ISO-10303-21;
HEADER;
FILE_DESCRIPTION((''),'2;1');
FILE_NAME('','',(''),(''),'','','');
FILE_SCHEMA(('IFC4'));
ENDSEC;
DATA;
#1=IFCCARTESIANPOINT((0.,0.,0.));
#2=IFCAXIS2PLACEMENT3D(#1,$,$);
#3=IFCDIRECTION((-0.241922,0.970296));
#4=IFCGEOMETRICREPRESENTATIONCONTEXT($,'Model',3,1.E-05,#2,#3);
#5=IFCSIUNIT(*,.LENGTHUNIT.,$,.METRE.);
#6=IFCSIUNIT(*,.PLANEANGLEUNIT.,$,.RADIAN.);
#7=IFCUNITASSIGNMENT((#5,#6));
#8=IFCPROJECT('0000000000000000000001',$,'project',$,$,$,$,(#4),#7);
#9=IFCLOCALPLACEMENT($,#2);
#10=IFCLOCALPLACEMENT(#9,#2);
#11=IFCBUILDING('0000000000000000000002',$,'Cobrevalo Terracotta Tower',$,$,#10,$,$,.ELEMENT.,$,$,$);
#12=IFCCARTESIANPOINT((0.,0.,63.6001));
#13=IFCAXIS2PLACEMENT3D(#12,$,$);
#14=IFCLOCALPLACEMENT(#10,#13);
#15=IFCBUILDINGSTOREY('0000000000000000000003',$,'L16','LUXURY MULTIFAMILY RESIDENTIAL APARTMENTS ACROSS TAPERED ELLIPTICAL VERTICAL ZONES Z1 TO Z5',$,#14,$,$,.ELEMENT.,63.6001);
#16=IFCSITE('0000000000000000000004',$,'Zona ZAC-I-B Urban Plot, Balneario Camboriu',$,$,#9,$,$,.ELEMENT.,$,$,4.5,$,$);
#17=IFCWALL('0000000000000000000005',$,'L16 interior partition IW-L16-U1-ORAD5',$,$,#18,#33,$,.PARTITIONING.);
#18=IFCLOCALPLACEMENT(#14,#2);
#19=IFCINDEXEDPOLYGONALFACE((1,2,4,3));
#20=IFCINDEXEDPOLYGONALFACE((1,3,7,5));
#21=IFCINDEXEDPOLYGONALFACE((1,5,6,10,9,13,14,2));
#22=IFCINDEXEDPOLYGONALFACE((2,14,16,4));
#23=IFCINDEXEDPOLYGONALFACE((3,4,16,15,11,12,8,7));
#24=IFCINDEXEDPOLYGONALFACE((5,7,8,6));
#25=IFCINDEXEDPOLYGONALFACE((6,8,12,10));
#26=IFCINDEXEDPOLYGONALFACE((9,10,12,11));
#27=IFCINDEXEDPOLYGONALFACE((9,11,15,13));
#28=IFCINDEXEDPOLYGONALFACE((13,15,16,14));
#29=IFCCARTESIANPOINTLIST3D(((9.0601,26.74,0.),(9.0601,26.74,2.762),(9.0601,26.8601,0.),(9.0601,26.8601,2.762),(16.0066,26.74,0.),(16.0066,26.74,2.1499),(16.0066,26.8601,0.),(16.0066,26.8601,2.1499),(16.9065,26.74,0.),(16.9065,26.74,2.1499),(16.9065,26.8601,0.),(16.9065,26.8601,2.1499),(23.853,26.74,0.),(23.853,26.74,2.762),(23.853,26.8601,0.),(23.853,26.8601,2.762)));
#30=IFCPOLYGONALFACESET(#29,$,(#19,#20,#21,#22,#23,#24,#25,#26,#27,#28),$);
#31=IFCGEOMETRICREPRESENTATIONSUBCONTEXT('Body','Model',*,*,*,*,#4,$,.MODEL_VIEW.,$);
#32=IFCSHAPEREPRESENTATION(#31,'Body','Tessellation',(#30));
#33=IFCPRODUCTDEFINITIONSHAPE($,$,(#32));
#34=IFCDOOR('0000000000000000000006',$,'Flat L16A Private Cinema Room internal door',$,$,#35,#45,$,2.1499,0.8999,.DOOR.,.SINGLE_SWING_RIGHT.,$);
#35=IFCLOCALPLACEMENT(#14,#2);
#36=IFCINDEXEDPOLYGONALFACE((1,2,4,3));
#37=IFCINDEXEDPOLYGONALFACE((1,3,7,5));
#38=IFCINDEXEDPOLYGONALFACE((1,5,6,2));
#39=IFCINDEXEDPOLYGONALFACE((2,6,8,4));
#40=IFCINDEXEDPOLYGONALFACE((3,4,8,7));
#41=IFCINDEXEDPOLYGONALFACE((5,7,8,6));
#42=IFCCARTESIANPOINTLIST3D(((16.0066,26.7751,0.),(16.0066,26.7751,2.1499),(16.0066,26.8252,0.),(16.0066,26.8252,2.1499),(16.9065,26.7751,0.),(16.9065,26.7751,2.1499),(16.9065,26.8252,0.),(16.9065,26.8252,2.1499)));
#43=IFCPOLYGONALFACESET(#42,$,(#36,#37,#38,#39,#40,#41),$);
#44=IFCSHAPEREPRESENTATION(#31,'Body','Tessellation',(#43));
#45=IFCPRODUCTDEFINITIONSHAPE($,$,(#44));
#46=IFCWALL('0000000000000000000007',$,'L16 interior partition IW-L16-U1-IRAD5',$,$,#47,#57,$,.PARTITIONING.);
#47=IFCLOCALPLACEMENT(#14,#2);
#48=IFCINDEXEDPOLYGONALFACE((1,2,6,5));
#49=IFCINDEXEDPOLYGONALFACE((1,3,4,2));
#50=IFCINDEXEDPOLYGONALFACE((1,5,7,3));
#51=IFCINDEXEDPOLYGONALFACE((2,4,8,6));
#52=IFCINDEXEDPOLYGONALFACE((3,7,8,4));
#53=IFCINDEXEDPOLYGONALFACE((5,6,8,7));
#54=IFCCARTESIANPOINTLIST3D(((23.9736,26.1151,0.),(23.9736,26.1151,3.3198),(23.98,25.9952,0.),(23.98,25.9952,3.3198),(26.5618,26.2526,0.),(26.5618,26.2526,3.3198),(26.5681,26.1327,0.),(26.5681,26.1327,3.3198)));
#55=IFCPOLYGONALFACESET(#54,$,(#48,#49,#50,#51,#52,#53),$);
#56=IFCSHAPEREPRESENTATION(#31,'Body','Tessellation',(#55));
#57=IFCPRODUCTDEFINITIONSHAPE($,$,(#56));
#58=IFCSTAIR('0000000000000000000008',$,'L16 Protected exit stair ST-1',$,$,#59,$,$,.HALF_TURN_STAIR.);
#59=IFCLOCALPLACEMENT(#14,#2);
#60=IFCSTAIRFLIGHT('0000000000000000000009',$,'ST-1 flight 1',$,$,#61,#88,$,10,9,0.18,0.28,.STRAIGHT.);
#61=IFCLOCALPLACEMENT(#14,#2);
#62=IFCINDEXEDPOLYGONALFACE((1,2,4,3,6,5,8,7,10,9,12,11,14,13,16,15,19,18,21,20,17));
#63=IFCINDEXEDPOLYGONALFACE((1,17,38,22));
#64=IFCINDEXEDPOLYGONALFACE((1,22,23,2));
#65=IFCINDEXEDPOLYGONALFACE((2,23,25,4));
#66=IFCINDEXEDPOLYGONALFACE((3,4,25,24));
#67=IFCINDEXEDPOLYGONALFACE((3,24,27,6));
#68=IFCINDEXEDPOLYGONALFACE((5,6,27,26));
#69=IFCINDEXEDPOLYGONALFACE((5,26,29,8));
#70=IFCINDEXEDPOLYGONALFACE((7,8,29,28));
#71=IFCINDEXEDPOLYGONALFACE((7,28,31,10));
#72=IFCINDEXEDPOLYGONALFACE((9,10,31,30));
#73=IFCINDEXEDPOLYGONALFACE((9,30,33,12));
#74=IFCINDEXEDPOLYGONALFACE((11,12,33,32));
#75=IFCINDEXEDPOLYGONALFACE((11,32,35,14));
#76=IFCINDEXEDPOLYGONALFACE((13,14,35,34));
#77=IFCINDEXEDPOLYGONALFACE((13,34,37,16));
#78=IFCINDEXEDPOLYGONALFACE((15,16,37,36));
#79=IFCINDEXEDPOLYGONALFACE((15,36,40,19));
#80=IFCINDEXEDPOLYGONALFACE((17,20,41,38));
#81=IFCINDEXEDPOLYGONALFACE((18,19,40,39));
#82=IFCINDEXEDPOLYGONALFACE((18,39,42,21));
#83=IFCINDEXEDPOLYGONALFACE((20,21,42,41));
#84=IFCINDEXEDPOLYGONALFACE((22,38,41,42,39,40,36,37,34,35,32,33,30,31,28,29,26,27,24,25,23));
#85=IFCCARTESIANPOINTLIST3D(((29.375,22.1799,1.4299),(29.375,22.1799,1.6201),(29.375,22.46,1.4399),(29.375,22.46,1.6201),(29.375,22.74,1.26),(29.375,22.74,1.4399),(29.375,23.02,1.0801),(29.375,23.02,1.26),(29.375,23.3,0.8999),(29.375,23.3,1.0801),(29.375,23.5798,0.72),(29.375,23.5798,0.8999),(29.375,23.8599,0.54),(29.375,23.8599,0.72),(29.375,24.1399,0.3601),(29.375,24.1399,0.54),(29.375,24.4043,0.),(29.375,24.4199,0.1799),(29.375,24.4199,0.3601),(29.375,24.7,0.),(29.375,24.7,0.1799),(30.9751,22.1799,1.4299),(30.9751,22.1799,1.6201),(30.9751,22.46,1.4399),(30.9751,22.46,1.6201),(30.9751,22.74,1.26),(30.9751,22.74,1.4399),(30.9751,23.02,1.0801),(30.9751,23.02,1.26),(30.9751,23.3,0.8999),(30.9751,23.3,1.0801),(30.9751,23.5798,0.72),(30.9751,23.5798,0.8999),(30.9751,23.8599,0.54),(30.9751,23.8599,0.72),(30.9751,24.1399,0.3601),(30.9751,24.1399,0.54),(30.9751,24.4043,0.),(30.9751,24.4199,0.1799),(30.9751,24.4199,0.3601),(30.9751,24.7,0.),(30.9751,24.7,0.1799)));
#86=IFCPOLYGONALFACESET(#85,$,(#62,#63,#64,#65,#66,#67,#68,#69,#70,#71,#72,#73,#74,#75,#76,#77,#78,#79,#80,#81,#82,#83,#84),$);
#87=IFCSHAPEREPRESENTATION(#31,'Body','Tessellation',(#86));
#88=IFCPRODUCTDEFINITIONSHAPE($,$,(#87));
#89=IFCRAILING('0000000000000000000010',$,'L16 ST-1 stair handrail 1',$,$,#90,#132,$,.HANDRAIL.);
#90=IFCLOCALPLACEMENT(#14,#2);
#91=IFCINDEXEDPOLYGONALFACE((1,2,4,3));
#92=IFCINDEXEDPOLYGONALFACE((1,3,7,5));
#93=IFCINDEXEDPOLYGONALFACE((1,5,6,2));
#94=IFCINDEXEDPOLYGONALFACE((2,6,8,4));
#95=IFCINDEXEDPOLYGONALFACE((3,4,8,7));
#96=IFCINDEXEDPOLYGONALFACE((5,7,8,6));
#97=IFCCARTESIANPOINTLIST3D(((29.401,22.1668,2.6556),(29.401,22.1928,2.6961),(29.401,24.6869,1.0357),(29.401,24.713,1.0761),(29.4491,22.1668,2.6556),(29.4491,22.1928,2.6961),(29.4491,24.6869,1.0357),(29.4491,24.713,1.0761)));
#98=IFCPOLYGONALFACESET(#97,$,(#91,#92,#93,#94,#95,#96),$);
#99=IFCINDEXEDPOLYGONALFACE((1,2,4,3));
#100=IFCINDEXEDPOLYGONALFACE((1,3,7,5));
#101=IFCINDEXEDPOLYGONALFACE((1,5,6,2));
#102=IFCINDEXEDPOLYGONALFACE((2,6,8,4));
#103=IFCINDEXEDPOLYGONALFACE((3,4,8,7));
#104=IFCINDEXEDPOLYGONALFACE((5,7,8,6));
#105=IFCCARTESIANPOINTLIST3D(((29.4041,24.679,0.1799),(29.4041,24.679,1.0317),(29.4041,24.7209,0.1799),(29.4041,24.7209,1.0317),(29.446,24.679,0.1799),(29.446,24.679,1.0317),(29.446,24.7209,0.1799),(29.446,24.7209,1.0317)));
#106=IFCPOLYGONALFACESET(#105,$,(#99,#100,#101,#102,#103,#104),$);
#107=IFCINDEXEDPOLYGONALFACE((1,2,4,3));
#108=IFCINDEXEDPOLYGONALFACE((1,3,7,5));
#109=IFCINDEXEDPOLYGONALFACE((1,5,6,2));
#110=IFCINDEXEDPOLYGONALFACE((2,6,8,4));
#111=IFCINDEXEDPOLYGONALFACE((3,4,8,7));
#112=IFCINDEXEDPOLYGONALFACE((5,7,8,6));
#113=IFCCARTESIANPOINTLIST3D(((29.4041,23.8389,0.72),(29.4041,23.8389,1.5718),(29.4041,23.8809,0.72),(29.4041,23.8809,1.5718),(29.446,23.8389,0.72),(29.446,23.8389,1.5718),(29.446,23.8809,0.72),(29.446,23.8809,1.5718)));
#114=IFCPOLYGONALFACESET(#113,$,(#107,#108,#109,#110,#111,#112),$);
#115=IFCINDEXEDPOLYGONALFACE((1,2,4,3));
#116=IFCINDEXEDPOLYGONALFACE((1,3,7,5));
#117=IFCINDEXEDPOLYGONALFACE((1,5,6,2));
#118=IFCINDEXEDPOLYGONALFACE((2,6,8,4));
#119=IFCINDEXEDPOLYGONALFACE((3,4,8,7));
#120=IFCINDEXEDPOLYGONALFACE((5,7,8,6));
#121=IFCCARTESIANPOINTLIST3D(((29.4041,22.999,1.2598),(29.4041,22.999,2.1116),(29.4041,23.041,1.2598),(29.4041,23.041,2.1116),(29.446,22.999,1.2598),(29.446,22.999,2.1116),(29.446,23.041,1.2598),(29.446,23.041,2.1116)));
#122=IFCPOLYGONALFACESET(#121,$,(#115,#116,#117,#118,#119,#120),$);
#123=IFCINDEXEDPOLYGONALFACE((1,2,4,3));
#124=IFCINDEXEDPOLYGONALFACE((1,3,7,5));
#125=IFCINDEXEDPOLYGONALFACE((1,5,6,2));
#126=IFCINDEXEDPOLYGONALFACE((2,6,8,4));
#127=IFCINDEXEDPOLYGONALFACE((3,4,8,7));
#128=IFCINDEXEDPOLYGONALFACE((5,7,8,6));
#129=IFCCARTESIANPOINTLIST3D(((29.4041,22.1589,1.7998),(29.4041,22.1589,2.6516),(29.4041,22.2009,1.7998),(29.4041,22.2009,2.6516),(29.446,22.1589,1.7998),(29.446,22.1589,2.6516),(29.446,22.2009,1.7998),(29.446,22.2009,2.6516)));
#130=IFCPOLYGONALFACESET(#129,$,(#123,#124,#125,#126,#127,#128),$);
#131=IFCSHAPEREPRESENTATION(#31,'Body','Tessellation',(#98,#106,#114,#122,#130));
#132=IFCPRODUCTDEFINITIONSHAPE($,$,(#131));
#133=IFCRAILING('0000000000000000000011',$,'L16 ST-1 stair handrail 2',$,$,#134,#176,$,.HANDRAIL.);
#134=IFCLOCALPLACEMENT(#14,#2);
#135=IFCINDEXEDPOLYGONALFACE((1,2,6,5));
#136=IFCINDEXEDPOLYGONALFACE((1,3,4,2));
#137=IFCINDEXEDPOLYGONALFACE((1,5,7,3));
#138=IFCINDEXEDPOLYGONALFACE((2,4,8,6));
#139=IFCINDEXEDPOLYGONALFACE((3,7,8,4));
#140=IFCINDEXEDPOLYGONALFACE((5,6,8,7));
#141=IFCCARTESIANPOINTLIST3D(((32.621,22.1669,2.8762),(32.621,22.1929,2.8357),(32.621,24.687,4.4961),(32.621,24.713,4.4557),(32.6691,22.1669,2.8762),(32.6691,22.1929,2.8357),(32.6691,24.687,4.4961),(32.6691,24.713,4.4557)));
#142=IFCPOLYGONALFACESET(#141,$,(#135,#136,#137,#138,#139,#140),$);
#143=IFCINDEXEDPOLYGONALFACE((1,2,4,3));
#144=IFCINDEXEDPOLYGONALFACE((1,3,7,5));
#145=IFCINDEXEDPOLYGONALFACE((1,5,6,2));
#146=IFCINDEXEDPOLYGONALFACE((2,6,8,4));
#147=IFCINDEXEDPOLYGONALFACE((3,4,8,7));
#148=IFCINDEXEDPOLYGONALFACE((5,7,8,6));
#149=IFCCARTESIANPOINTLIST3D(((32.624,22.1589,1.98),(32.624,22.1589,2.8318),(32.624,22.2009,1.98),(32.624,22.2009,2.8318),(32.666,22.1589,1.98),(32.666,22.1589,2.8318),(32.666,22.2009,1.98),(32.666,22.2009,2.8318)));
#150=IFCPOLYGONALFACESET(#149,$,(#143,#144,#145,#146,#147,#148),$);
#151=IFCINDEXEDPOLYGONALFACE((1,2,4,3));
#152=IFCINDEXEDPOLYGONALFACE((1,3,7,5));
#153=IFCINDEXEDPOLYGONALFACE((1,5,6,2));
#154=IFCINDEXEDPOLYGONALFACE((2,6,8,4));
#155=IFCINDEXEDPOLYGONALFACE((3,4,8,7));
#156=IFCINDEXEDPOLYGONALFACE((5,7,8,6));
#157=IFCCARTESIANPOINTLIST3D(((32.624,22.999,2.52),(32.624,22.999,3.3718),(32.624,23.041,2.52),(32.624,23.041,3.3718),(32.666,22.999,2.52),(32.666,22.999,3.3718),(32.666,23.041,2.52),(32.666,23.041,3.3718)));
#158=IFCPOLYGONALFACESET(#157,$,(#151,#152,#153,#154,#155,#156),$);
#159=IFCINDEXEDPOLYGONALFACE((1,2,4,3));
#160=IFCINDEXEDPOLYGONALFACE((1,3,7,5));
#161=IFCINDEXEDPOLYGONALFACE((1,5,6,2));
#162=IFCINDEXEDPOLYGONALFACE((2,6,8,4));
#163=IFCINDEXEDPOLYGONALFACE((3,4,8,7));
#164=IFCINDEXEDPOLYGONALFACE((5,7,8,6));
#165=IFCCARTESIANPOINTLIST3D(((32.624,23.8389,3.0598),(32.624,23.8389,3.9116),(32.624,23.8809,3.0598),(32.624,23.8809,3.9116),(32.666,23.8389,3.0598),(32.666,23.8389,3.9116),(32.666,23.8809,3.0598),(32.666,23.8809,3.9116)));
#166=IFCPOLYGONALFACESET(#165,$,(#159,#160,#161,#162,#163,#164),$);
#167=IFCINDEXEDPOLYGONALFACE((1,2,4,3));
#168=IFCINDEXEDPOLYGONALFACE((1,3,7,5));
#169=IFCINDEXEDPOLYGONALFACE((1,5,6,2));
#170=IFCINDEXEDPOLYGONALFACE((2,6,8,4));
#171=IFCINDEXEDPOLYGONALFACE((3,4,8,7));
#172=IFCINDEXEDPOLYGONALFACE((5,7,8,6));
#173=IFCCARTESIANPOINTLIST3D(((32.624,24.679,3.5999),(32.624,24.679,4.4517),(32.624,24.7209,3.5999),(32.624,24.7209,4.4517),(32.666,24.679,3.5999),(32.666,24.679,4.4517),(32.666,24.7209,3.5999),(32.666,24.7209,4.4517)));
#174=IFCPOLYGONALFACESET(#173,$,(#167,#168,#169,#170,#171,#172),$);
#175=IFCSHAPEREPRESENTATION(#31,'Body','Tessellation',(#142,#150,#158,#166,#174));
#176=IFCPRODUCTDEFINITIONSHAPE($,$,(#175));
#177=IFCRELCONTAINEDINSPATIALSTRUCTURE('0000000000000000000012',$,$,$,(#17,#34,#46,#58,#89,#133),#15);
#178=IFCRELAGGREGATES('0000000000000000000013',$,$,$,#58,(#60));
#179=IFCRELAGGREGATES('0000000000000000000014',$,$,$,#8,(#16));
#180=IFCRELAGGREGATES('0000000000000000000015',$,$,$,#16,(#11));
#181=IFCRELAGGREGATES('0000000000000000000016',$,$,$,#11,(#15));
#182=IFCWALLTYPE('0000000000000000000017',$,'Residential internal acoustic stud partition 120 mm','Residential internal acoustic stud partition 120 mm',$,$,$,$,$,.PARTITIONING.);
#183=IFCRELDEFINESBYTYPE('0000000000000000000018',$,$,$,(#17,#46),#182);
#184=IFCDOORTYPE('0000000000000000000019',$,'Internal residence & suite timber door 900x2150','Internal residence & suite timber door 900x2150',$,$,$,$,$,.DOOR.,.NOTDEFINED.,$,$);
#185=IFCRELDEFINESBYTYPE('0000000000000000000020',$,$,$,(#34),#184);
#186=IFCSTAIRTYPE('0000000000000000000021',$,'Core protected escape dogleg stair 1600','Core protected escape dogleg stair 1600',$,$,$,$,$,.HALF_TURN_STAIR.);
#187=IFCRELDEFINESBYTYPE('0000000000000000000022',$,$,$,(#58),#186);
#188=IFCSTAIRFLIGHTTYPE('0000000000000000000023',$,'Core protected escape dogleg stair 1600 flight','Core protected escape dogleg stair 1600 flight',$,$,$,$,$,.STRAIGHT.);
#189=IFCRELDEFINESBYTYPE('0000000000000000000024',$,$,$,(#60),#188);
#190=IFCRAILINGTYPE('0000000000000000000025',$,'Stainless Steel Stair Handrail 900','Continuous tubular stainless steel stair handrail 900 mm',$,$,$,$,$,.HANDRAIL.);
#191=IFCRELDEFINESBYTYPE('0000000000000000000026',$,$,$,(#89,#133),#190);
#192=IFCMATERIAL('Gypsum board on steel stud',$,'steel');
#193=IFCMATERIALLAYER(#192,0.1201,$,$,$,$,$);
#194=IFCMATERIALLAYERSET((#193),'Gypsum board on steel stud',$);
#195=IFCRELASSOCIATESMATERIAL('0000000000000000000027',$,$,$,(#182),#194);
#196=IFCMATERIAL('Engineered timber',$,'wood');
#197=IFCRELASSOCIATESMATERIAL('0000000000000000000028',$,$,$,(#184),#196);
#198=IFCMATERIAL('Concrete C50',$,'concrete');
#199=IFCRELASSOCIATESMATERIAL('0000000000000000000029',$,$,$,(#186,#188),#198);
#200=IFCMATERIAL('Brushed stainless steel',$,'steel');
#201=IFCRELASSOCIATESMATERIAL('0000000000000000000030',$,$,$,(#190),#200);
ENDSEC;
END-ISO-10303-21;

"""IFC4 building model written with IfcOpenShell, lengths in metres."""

from ifc_helpers import new_model, si_unit, direction, frame, frame_2d, origin, origin_2d, place, context, subcontext, project, spatial, polyline, rectangle, outline, extrude, source, transform, mapped, material, layer, layer_set, type_object, element, fill, aggregate, save


model = new_model("IFC4")

# Units and contexts
model_context = context("Model", 3, precision=1e-05, world=origin(), true_north=direction((-0.241922, 0.970296)))
body_context = subcontext(model_context, "Body", "Model", "MODEL_VIEW")
ifc_project = project(units=[si_unit("LENGTHUNIT", "METRE"), si_unit("PLANEANGLEUNIT", "RADIAN")], contexts=[model_context])

# Site, building, storey
site_placement = place(None, origin())
site = spatial("IfcSite", under=ifc_project, at=site_placement, Name="Zona ZAC-I-B Urban Plot, Balneario Camboriu", CompositionType="ELEMENT", RefElevation=4.5)
building_placement = place(site_placement, origin())
building = spatial("IfcBuilding", under=site, at=building_placement, Name="Cobrevalo Terracotta Tower", CompositionType="ELEMENT")
storey_placement = place(building_placement, frame((0.0, 0.0, 63.6001)))
storey = spatial("IfcBuildingStorey", under=building, at=storey_placement, Name="L16", Description="LUXURY MULTIFAMILY RESIDENTIAL APARTMENTS ACROSS TAPERED ELLIPTICAL VERTICAL ZONES Z1 TO Z5", CompositionType="ELEMENT", Elevation=63.6001)

# Shared definitions
ifc_material_1 = material(Name="Gypsum board on steel stud", Category="steel")

# Shared definitions
ifc_material_2 = material(Name="Brushed stainless steel", Category="steel")

# Wall, opening, door
ifc_layer_1 = layer(ifc_material_1, 0.1201)
ifc_layer_set_1 = layer_set([ifc_layer_1], Name="Gypsum board on steel stud")
wall_type_1 = type_object("IfcWallType", Name="Residential internal acoustic stud partition 120 mm", Description="Residential internal acoustic stud partition 120 mm", PredefinedType="PARTITIONING", material=ifc_layer_set_1)
ifc_material_3 = material(Name="Engineered timber", Category="wood")
door_type_1 = type_object("IfcDoorType", Name="Internal residence & suite timber door 900x2150", Description="Internal residence & suite timber door 900x2150", OperationType="NOTDEFINED", PredefinedType="DOOR", material=ifc_material_3)
shared_shape_1 = source(origin(), body_context, "Body", "SweptSolid", [
    extrude(rectangle(XDim=0.8999, YDim=2.1499, at=frame_2d((0.45, 1.075))), frame((0.0, 0.0249, 0.0), z_axis=(0.0, -1.0, 0.0), x_axis=(1.0, 0.0, 0.0)), (0.0, 0.0, 1.0), 0.05),
])
wall_1_placement = place(storey_placement, frame((23.853, 26.8, 0.0), z_axis=(0.0, 0.0, 1.0), x_axis=(-1.0, 0.0, 0.0)))
wall_1 = element("IfcWall", 1, at=wall_1_placement, inside=storey, type_object=wall_type_1, Name="L16 interior partition IW-L16-U1-ORAD5", PredefinedType="PARTITIONING", context=body_context, shape_type="SweptSolid", body=[
    extrude(rectangle(XDim=14.793, YDim=0.1201, at=frame_2d((7.3965, 0.0))), origin(), (0.0, 0.0, 1.0), 2.762),
])
opening_1_placement = place(wall_1_placement, frame((6.9465, 0.0, 0.0)))
opening_1 = element("IfcOpeningElement", 2, at=opening_1_placement, cuts=wall_1, PredefinedType="OPENING", context=body_context, shape_type="SweptSolid", body=[
    extrude(rectangle(XDim=0.8999, YDim=2.1499, at=frame_2d((0.45, 1.075))), frame((0.0, 0.0701, 0.0), z_axis=(0.0, -1.0, 0.0), x_axis=(1.0, 0.0, 0.0)), (0.0, 0.0, 1.0), 0.1401),
])
door_1_placement = place(opening_1_placement, origin())
door_1 = element("IfcDoor", 3, at=door_1_placement, inside=storey, type_object=door_type_1, Name="Flat L16A Private Cinema Room internal door", OperationType="SINGLE_SWING_RIGHT", OverallHeight=2.1499, OverallWidth=0.8999, PredefinedType="DOOR", context=body_context, shape_type="MappedRepresentation", body=[
    mapped(shared_shape_1, transform((0.0, 0.0, 0.0), scale=1.0)),
])
fill(opening_1, door_1)

# Wall
wall_2_placement = place(storey_placement, frame((26.5649, 26.1926, 0.0), z_axis=(0.0, 0.0, 1.0), x_axis=(-0.998593, -0.053033, 0.0)))
element("IfcWall", 4, at=wall_2_placement, inside=storey, type_object=wall_type_1, Name="L16 interior partition IW-L16-U1-IRAD5", PredefinedType="PARTITIONING", context=body_context, shape_type="SweptSolid", body=[
    extrude(rectangle(XDim=2.5918, YDim=0.1201, at=frame_2d((1.2959, 0.0))), origin(), (0.0, 0.0, 1.0), 3.3198),
])

# Shared definitions
ifc_material_4 = material(Name="Concrete C50", Category="concrete")

# Stair, stair flight
stair_type = type_object("IfcStairType", Name="Core protected escape dogleg stair 1600", Description="Core protected escape dogleg stair 1600", PredefinedType="HALF_TURN_STAIR", material=ifc_material_4)
stair_placement = place(storey_placement, origin())
stair = element("IfcStair", 5, at=stair_placement, inside=storey, type_object=stair_type, Name="L16 Protected exit stair ST-1", PredefinedType="HALF_TURN_STAIR")
stair_flight_type = type_object("IfcStairFlightType", Name="Core protected escape dogleg stair 1600 flight", Description="Core protected escape dogleg stair 1600 flight", PredefinedType="STRAIGHT", material=ifc_material_4)
stair_flight_placement = place(storey_placement, frame((30.175, 24.7, 0.0), z_axis=(0.0, 0.0, 1.0), x_axis=(0.0, -1.0, 0.0)))
stair_flight = element("IfcStairFlight", 6, at=stair_flight_placement, type_object=stair_flight_type, Name="ST-1 flight 1", NumberOfRisers=10, NumberOfTreads=9, PredefinedType="STRAIGHT", RiserHeight=0.18, TreadLength=0.28, context=body_context, shape_type="SweptSolid", body=[
    extrude(outline(polyline([(0.0, 0.0), (0.0, 0.1799), (0.28, 0.1799), (0.28, 0.3601), (0.5601, 0.3601), (0.5601, 0.54), (0.8401, 0.54), (0.8401, 0.72), (1.1201, 0.72), (1.1201, 0.8999), (1.3999, 0.8999), (1.3999, 1.0801), (1.6799, 1.0801), (1.6799, 1.26), (1.96, 1.26), (1.96, 1.4399), (2.24, 1.4399), (2.24, 1.6201), (2.52, 1.6201), (2.52, 1.8), (2.52, 1.4299), (0.2957, 0.0), (0.0, 0.0)])), frame((0.0, 0.8, 0.0), z_axis=(0.0, -1.0, 0.0), x_axis=(1.0, 0.0, 0.0)), (0.0, 0.0, 1.0), 1.6001),
])
aggregate(stair, [stair_flight])

# Railings
railing_type_1 = type_object("IfcRailingType", Name="Stainless Steel Stair Handrail 900", Description="Continuous tubular stainless steel stair handrail 900 mm", PredefinedType="HANDRAIL", material=ifc_material_2)
railing_1_placement = place(storey_placement, frame((29.425, 24.7, 0.1799)))
element("IfcRailing", 7, at=railing_1_placement, inside=storey, type_object=railing_type_1, Name="L16 ST-1 stair handrail 1", PredefinedType="HANDRAIL", context=body_context, shape_type="SweptSolid", body=[
    extrude(rectangle(XDim=0.0481, YDim=0.0481, at=origin_2d()), frame((0.0, 0.0, 0.876), z_axis=(0.0, -0.8412, 0.540725), x_axis=(1.0, 0.0, 0.0)), (0.0, 0.0, 1.0), 2.9958),
    extrude(rectangle(XDim=0.042, YDim=0.042, at=origin_2d()), origin(), (0.0, 0.0, 1.0), 0.8518),
    extrude(rectangle(XDim=0.042, YDim=0.042, at=origin_2d()), frame((0.0, -0.8401, 0.54)), (0.0, 0.0, 1.0), 0.8518),
    extrude(rectangle(XDim=0.042, YDim=0.042, at=origin_2d()), frame((0.0, -1.6799, 1.0798)), (0.0, 0.0, 1.0), 0.8518),
    extrude(rectangle(XDim=0.042, YDim=0.042, at=origin_2d()), frame((0.0, -2.52, 1.6199)), (0.0, 0.0, 1.0), 0.8518),
])
railing_2_placement = place(storey_placement, frame((32.645, 22.1799, 1.98)))
element("IfcRailing", 8, at=railing_2_placement, inside=storey, type_object=railing_type_1, Name="L16 ST-1 stair handrail 2", PredefinedType="HANDRAIL", context=body_context, shape_type="SweptSolid", body=[
    extrude(rectangle(XDim=0.0481, YDim=0.0481, at=origin_2d()), frame((0.0, 0.0, 0.876), z_axis=(0.0, 0.8412, 0.540725), x_axis=(-1.0, 0.0, 0.0)), (0.0, 0.0, 1.0), 2.9958),
    extrude(rectangle(XDim=0.042, YDim=0.042, at=origin_2d()), origin(), (0.0, 0.0, 1.0), 0.8518),
    extrude(rectangle(XDim=0.042, YDim=0.042, at=origin_2d()), frame((0.0, 0.8401, 0.54)), (0.0, 0.0, 1.0), 0.8518),
    extrude(rectangle(XDim=0.042, YDim=0.042, at=origin_2d()), frame((0.0, 1.6799, 1.0798)), (0.0, 0.0, 1.0), 0.8518),
    extrude(rectangle(XDim=0.042, YDim=0.042, at=origin_2d()), frame((0.0, 2.52, 1.6199)), (0.0, 0.0, 1.0), 0.8518),
])

save(model, "model.ifc")
